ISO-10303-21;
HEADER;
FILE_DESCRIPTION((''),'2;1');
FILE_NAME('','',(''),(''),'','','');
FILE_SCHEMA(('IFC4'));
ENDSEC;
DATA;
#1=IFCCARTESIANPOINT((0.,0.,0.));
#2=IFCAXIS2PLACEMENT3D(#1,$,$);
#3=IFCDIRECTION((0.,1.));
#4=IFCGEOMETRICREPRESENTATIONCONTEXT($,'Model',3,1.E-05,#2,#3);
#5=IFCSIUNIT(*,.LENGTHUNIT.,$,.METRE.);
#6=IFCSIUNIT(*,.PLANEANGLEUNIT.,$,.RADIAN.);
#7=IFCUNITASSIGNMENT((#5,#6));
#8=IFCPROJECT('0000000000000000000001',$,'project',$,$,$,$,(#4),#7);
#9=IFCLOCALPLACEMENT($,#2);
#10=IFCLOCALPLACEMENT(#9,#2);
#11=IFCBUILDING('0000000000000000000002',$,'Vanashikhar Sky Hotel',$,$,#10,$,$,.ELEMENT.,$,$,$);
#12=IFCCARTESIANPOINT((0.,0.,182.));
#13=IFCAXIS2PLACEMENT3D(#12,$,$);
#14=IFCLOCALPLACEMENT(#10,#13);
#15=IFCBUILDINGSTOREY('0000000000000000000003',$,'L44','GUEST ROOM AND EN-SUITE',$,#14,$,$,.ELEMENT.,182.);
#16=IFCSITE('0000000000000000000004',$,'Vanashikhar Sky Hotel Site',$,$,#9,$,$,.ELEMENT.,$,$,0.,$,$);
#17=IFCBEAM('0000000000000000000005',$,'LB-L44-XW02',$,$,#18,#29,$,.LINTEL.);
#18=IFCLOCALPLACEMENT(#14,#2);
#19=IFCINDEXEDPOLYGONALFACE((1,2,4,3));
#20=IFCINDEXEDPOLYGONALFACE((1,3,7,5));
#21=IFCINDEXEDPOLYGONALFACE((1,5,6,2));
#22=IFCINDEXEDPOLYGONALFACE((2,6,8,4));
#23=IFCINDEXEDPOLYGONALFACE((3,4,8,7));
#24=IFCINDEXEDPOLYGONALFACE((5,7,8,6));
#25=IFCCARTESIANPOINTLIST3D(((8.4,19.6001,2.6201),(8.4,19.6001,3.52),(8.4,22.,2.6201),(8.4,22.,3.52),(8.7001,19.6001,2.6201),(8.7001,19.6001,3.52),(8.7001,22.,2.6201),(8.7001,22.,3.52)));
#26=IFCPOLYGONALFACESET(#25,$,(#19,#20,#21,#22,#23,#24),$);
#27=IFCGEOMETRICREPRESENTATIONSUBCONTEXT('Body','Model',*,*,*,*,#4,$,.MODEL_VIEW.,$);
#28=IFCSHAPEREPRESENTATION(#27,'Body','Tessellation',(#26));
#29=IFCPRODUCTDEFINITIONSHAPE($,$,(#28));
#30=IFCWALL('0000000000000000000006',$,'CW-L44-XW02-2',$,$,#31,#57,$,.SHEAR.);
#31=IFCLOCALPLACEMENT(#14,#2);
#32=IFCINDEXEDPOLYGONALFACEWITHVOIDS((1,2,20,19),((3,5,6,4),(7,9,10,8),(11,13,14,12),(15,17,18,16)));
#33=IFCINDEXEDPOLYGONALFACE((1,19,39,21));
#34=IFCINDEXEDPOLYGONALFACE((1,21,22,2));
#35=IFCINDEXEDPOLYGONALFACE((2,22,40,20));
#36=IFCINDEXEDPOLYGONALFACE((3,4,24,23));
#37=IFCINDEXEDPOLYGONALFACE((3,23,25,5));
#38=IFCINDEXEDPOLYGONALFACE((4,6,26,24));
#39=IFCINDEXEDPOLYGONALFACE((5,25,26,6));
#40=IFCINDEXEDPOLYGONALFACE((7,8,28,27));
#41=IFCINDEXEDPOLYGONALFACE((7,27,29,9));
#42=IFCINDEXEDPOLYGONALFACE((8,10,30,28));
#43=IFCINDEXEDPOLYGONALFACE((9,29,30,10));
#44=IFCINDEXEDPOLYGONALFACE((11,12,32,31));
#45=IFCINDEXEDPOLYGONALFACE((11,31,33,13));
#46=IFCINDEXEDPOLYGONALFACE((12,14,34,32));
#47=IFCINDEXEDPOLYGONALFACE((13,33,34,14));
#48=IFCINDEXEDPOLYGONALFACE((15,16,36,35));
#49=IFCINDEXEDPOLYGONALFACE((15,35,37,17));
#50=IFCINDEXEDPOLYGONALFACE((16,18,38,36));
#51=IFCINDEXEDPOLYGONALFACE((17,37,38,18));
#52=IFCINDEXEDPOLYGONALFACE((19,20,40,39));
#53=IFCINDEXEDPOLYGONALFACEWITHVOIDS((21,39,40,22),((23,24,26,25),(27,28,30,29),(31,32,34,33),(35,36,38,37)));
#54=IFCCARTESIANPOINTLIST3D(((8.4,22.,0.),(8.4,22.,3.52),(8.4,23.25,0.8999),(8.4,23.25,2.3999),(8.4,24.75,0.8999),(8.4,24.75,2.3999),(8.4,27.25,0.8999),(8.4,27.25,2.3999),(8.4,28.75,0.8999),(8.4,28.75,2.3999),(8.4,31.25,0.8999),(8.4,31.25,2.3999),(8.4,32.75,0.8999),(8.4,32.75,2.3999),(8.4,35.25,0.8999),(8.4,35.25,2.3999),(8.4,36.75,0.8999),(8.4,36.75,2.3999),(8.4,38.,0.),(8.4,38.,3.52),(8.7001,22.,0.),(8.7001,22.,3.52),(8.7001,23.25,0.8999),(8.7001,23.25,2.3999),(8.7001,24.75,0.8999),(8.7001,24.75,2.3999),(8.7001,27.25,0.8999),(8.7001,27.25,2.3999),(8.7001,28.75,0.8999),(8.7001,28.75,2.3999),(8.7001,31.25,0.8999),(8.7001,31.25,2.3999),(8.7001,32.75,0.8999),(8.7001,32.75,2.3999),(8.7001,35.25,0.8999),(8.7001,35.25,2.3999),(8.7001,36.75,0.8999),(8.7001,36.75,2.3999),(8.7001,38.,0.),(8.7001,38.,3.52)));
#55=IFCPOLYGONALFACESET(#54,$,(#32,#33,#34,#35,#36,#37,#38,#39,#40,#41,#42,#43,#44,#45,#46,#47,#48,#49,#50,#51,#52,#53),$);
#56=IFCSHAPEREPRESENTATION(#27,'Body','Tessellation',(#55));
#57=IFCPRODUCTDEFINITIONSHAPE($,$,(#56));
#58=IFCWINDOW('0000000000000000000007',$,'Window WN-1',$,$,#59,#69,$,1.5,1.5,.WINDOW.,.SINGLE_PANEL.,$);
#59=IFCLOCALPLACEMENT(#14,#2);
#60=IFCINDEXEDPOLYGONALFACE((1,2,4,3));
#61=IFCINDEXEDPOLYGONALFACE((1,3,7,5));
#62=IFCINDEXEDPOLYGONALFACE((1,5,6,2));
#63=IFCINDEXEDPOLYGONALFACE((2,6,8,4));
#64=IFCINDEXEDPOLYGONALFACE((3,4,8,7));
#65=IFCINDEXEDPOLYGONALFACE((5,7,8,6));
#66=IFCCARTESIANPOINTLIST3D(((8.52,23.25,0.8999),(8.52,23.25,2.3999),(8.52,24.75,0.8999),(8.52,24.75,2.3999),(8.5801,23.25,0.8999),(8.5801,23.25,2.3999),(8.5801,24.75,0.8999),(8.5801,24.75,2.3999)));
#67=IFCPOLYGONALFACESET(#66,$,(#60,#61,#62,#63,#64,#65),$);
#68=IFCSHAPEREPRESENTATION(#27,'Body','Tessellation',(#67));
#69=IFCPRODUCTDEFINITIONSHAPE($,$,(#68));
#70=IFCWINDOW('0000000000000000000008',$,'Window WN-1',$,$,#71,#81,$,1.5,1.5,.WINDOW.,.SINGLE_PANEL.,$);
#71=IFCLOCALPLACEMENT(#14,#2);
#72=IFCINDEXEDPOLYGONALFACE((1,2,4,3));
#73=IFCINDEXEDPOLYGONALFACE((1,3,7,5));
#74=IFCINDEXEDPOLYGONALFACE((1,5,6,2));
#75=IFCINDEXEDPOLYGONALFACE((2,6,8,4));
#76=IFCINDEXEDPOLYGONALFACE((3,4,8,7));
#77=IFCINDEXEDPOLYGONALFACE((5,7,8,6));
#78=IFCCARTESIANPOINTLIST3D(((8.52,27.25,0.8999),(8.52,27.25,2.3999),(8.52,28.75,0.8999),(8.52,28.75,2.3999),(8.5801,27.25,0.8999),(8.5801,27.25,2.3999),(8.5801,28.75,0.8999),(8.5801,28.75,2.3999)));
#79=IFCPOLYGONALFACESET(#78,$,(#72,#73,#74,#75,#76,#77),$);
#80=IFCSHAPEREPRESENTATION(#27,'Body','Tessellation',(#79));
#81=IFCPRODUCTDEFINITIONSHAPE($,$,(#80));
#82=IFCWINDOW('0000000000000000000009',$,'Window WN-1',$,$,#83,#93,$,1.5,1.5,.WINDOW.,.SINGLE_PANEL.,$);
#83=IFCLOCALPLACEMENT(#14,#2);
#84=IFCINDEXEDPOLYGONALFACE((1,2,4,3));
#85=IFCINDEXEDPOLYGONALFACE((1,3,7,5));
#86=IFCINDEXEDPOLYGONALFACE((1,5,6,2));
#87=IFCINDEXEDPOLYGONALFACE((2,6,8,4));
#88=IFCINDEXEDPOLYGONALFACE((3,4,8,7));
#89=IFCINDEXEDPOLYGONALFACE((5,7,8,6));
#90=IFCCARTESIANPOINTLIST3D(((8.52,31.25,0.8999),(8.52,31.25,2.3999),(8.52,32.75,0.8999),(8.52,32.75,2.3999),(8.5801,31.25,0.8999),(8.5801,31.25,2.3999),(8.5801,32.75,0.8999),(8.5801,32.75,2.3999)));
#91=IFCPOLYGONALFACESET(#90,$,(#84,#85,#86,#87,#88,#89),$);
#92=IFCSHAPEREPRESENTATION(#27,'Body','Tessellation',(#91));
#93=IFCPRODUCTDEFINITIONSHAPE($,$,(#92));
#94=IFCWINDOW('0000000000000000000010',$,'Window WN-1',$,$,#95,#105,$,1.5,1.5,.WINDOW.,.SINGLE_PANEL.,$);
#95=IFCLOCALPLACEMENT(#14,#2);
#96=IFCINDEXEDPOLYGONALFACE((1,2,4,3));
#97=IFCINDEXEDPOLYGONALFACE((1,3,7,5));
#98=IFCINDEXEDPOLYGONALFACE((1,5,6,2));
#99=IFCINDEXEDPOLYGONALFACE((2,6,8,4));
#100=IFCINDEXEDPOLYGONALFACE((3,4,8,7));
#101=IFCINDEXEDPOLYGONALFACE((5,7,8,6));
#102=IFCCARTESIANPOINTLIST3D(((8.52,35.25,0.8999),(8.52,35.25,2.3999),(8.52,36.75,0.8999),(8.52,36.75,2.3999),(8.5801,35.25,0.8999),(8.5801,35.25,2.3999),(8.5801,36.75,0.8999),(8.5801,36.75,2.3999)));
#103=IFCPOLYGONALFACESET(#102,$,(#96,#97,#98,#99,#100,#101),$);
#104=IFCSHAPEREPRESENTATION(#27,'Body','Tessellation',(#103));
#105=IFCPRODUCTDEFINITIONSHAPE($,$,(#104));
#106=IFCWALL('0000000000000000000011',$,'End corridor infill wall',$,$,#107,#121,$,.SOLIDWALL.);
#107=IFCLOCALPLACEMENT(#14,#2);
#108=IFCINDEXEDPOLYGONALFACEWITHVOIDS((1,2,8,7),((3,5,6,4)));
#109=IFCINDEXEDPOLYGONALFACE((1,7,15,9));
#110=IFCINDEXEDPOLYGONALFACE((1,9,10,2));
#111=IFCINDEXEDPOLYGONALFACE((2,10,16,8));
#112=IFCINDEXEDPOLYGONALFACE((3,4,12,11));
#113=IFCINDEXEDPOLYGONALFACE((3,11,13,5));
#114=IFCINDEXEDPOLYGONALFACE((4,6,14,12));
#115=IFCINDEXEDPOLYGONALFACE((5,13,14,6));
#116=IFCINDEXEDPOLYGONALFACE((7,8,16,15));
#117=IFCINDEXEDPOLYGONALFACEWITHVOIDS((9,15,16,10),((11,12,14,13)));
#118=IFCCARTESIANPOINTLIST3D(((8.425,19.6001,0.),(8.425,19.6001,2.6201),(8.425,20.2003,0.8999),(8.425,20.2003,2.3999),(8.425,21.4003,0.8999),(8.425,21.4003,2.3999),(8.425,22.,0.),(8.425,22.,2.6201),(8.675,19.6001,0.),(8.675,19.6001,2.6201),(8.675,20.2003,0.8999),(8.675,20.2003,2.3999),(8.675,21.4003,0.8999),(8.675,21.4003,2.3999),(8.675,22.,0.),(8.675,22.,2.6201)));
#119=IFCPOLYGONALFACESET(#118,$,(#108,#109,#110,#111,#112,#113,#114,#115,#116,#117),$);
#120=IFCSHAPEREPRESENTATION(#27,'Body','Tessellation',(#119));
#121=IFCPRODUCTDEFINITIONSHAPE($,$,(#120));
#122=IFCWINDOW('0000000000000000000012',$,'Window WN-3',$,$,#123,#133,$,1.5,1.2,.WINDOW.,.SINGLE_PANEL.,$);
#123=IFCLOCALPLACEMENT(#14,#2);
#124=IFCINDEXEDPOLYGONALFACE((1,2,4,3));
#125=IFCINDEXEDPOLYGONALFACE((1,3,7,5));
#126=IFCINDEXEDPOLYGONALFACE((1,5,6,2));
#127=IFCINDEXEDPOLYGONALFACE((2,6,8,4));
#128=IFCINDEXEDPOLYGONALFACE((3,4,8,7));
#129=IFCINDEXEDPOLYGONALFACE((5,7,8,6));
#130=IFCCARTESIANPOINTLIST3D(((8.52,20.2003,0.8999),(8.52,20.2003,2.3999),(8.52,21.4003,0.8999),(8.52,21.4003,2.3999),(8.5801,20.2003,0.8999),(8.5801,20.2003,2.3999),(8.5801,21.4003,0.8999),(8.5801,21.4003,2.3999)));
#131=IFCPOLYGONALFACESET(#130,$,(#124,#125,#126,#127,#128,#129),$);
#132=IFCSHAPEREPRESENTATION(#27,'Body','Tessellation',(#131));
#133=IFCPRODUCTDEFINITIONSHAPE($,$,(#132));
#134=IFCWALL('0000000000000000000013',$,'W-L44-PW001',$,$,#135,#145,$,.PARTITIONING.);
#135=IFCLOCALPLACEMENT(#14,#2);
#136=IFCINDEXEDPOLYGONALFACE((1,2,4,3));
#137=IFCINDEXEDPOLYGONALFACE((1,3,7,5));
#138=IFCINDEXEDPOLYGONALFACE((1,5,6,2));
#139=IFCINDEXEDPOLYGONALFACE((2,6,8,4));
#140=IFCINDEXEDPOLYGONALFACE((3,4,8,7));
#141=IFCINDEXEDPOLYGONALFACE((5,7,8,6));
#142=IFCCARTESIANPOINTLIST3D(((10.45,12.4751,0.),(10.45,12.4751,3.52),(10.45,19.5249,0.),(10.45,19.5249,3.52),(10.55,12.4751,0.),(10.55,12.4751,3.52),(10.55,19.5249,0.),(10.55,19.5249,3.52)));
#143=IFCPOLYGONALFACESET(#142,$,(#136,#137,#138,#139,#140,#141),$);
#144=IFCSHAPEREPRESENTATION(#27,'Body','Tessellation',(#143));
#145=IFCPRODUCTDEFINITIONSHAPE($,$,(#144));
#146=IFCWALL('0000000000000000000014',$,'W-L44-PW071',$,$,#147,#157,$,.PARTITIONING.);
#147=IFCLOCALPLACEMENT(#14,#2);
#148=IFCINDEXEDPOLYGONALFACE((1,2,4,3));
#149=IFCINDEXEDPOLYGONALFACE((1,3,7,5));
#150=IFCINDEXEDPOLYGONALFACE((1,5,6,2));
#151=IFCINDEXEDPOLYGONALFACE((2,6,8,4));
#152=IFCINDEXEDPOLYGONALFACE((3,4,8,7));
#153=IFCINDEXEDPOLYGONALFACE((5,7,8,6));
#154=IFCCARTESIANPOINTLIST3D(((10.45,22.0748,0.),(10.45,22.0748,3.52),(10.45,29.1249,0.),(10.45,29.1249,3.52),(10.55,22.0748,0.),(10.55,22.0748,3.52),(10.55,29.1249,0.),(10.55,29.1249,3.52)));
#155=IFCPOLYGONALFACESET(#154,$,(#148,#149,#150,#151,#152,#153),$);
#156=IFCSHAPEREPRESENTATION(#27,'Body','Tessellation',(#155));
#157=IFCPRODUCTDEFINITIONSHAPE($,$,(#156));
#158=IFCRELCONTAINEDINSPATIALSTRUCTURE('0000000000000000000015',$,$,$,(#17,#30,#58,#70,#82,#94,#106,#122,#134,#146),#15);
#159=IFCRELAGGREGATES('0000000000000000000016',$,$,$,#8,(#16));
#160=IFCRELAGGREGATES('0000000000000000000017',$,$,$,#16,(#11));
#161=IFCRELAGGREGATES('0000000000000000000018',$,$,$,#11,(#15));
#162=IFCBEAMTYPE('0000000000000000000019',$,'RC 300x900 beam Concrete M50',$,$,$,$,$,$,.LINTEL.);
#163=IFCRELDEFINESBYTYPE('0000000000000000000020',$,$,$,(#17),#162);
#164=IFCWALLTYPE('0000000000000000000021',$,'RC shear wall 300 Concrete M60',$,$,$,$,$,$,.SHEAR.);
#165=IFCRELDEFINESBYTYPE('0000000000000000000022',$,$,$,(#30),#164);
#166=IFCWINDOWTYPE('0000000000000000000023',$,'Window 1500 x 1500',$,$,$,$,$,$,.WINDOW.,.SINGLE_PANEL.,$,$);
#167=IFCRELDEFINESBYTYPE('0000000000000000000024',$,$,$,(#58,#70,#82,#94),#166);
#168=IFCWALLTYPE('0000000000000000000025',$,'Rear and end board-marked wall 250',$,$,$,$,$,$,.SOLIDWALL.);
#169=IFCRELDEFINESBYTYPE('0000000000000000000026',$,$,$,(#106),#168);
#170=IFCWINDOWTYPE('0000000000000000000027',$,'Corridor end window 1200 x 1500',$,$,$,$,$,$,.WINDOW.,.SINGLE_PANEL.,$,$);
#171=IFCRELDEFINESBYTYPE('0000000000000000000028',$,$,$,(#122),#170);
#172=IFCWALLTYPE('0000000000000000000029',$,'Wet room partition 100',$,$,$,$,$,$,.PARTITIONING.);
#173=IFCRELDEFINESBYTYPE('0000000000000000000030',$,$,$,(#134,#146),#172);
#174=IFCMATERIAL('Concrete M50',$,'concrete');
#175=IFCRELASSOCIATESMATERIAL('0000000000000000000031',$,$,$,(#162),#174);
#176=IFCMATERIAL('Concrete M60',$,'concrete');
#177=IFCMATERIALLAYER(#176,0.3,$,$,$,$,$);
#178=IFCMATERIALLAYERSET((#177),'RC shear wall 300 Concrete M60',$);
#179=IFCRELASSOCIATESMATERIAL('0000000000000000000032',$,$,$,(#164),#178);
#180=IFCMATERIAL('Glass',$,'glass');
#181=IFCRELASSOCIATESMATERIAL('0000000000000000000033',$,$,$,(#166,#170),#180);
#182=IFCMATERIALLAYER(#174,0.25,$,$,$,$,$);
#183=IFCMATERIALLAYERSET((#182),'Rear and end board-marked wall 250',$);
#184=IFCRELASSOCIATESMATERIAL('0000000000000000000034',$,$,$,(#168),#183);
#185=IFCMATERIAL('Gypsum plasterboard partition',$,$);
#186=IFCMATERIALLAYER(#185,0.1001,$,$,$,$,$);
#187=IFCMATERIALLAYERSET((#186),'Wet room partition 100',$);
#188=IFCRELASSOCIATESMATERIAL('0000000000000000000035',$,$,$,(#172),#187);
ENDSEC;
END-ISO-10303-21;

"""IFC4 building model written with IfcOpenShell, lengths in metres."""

from ifc_helpers import new_model, si_unit, direction, frame, frame_2d, origin, origin_2d, place, context, subcontext, project, spatial, rectangle, extrude, source, transform, mapped, material, layer, layer_set, material_profile, profile_set, type_object, element, fill, save


model = new_model("IFC4")

# Units and contexts
model_context = context("Model", 3, precision=1e-05, world=origin(), true_north=direction((0.0, 1.0)))
body_context = subcontext(model_context, "Body", "Model", "MODEL_VIEW")
ifc_project = project(units=[si_unit("LENGTHUNIT", "METRE"), si_unit("PLANEANGLEUNIT", "RADIAN")], contexts=[model_context])

# Site, building, storey
site_placement = place(None, origin())
site = spatial("IfcSite", under=ifc_project, at=site_placement, Name="Vanashikhar Sky Hotel Site", CompositionType="ELEMENT", RefElevation=0.0)
building_placement = place(site_placement, origin())
building = spatial("IfcBuilding", under=site, at=building_placement, Name="Vanashikhar Sky Hotel", CompositionType="ELEMENT")
storey_placement = place(building_placement, frame((0.0, 0.0, 182.0)))
storey = spatial("IfcBuildingStorey", under=building, at=storey_placement, Name="L44", Description="GUEST ROOM AND EN-SUITE", CompositionType="ELEMENT", Elevation=182.0)

# Beam
ifc_material_1 = material(Name="Concrete M50", Category="concrete")
ifc_material_profile = material_profile(ifc_material_1, rectangle(XDim=0.3, YDim=0.8999, at=origin_2d()))
ifc_profile_set = profile_set([ifc_material_profile], Name="RC 300x900 beam Concrete M50")
beam_type = type_object("IfcBeamType", Name="RC 300x900 beam Concrete M50", PredefinedType="LINTEL", material=ifc_profile_set)
shared_shape_1 = source(origin(), body_context, "Body", "SweptSolid", [
    extrude(rectangle(XDim=0.3, YDim=0.8999, at=origin_2d()), origin(), (0.0, 0.0, 1.0), 2.3999),
])
beam_placement = place(storey_placement, frame((8.55, 19.6001, 3.0701), z_axis=(0.0, 1.0, 0.0), x_axis=(-1.0, 0.0, 0.0)))
element("IfcBeam", 1, at=beam_placement, inside=storey, type_object=beam_type, Name="LB-L44-XW02", PredefinedType="LINTEL", context=body_context, shape_type="MappedRepresentation", body=[
    mapped(shared_shape_1, transform((0.0, 0.0, 0.0), scale=1.0)),
])

# Wall, openings, windows
ifc_material_2 = material(Name="Concrete M60", Category="concrete")
ifc_layer_1 = layer(ifc_material_2, 0.3)
ifc_layer_set_1 = layer_set([ifc_layer_1], Name="RC shear wall 300 Concrete M60")
wall_type_1 = type_object("IfcWallType", Name="RC shear wall 300 Concrete M60", PredefinedType="SHEAR", material=ifc_layer_set_1)
shared_shape_2 = source(origin(), body_context, "Body", "SweptSolid", [
    extrude(rectangle(XDim=16.0, YDim=0.3, at=frame_2d((8.0, 0.0))), origin(), (0.0, 0.0, 1.0), 3.52),
])
wall_1_placement = place(storey_placement, frame((8.55, 22.0, 0.0), z_axis=(0.0, 0.0, 1.0), x_axis=(0.0, 1.0, 0.0)))
wall_1 = element("IfcWall", 2, at=wall_1_placement, inside=storey, type_object=wall_type_1, Name="CW-L44-XW02-2", PredefinedType="SHEAR", context=body_context, shape_type="MappedRepresentation", body=[
    mapped(shared_shape_2, transform((0.0, 0.0, 0.0), scale=1.0)),
])
shared_shape_3 = source(origin(), body_context, "Body", "SweptSolid", [
    extrude(rectangle(XDim=1.5, YDim=1.5, at=frame_2d((0.75, 0.75))), frame((0.0, 0.1602, 0.0), z_axis=(0.0, -1.0, 0.0), x_axis=(1.0, 0.0, 0.0)), (0.0, 0.0, 1.0), 0.3201),
])
opening_1_placement = place(wall_1_placement, frame((1.25, 0.0, 0.8999)))
opening_1 = element("IfcOpeningElement", 3, at=opening_1_placement, cuts=wall_1, PredefinedType="OPENING", context=body_context, shape_type="MappedRepresentation", body=[
    mapped(shared_shape_3, transform((0.0, 0.0, 0.0), scale=1.0)),
])
opening_2_placement = place(wall_1_placement, frame((5.25, 0.0, 0.8999)))
opening_2 = element("IfcOpeningElement", 4, at=opening_2_placement, cuts=wall_1, PredefinedType="OPENING", context=body_context, shape_type="MappedRepresentation", body=[
    mapped(shared_shape_3, transform((0.0, 0.0, 0.0), scale=1.0)),
])
opening_3_placement = place(wall_1_placement, frame((9.25, 0.0, 0.8999)))
opening_3 = element("IfcOpeningElement", 5, at=opening_3_placement, cuts=wall_1, PredefinedType="OPENING", context=body_context, shape_type="MappedRepresentation", body=[
    mapped(shared_shape_3, transform((0.0, 0.0, 0.0), scale=1.0)),
])
opening_4_placement = place(wall_1_placement, frame((13.25, 0.0, 0.8999)))
opening_4 = element("IfcOpeningElement", 6, at=opening_4_placement, cuts=wall_1, PredefinedType="OPENING", context=body_context, shape_type="MappedRepresentation", body=[
    mapped(shared_shape_3, transform((0.0, 0.0, 0.0), scale=1.0)),
])
ifc_material_3 = material(Name="Glass", Category="glass")
window_type_1 = type_object("IfcWindowType", Name="Window 1500 x 1500", PartitioningType="SINGLE_PANEL", PredefinedType="WINDOW", material=ifc_material_3)
shared_shape_4 = source(origin(), body_context, "Body", "SweptSolid", [
    extrude(rectangle(XDim=1.5, YDim=1.5, at=frame_2d((0.75, 0.75))), frame((0.0, 0.03, 0.0), z_axis=(0.0, -1.0, 0.0), x_axis=(1.0, 0.0, 0.0)), (0.0, 0.0, 1.0), 0.0601),
])
window_1_placement = place(opening_1_placement, origin())
window_1 = element("IfcWindow", 7, at=window_1_placement, inside=storey, type_object=window_type_1, Name="Window WN-1", OverallHeight=1.5, OverallWidth=1.5, PartitioningType="SINGLE_PANEL", PredefinedType="WINDOW", context=body_context, shape_type="MappedRepresentation", body=[
    mapped(shared_shape_4, transform((0.0, 0.0, 0.0), scale=1.0)),
])
fill(opening_1, window_1)
window_2_placement = place(opening_2_placement, origin())
window_2 = element("IfcWindow", 8, at=window_2_placement, inside=storey, type_object=window_type_1, Name="Window WN-1", OverallHeight=1.5, OverallWidth=1.5, PartitioningType="SINGLE_PANEL", PredefinedType="WINDOW", context=body_context, shape_type="MappedRepresentation", body=[
    mapped(shared_shape_4, transform((0.0, 0.0, 0.0), scale=1.0)),
])
fill(opening_2, window_2)
window_3_placement = place(opening_3_placement, origin())
window_3 = element("IfcWindow", 9, at=window_3_placement, inside=storey, type_object=window_type_1, Name="Window WN-1", OverallHeight=1.5, OverallWidth=1.5, PartitioningType="SINGLE_PANEL", PredefinedType="WINDOW", context=body_context, shape_type="MappedRepresentation", body=[
    mapped(shared_shape_4, transform((0.0, 0.0, 0.0), scale=1.0)),
])
fill(opening_3, window_3)
window_4_placement = place(opening_4_placement, origin())
window_4 = element("IfcWindow", 10, at=window_4_placement, inside=storey, type_object=window_type_1, Name="Window WN-1", OverallHeight=1.5, OverallWidth=1.5, PartitioningType="SINGLE_PANEL", PredefinedType="WINDOW", context=body_context, shape_type="MappedRepresentation", body=[
    mapped(shared_shape_4, transform((0.0, 0.0, 0.0), scale=1.0)),
])
fill(opening_4, window_4)

# Wall, opening, window
ifc_layer_2 = layer(ifc_material_1, 0.25)
ifc_layer_set_2 = layer_set([ifc_layer_2], Name="Rear and end board-marked wall 250")
wall_type_2 = type_object("IfcWallType", Name="Rear and end board-marked wall 250", PredefinedType="SOLIDWALL", material=ifc_layer_set_2)
shared_shape_5 = source(origin(), body_context, "Body", "SweptSolid", [
    extrude(rectangle(XDim=2.3999, YDim=0.25, at=frame_2d((1.2, 0.0))), origin(), (0.0, 0.0, 1.0), 2.6201),
])
wall_2_placement = place(storey_placement, frame((8.55, 19.6001, 0.0), z_axis=(0.0, 0.0, 1.0), x_axis=(0.0, 1.0, 0.0)))
wall_2 = element("IfcWall", 11, at=wall_2_placement, inside=storey, type_object=wall_type_2, Name="End corridor infill wall", PredefinedType="SOLIDWALL", context=body_context, shape_type="MappedRepresentation", body=[
    mapped(shared_shape_5, transform((0.0, 0.0, 0.0), scale=1.0)),
])
shared_shape_6 = source(origin(), body_context, "Body", "SweptSolid", [
    extrude(rectangle(XDim=1.2, YDim=1.5, at=frame_2d((0.6001, 0.75))), frame((0.0, 0.135, 0.0), z_axis=(0.0, -1.0, 0.0), x_axis=(1.0, 0.0, 0.0)), (0.0, 0.0, 1.0), 0.27),
])
opening_5_placement = place(wall_2_placement, frame((0.6001, 0.0, 0.8999)))
opening_5 = element("IfcOpeningElement", 12, at=opening_5_placement, cuts=wall_2, PredefinedType="OPENING", context=body_context, shape_type="MappedRepresentation", body=[
    mapped(shared_shape_6, transform((0.0, 0.0, 0.0), scale=1.0)),
])
window_type_2 = type_object("IfcWindowType", Name="Corridor end window 1200 x 1500", PartitioningType="SINGLE_PANEL", PredefinedType="WINDOW", material=ifc_material_3)
shared_shape_7 = source(origin(), body_context, "Body", "SweptSolid", [
    extrude(rectangle(XDim=1.2, YDim=1.5, at=frame_2d((0.6001, 0.75))), frame((0.0, 0.03, 0.0), z_axis=(0.0, -1.0, 0.0), x_axis=(1.0, 0.0, 0.0)), (0.0, 0.0, 1.0), 0.0601),
])
window_5_placement = place(opening_5_placement, origin())
window_5 = element("IfcWindow", 13, at=window_5_placement, inside=storey, type_object=window_type_2, Name="Window WN-3", OverallHeight=1.5, OverallWidth=1.2, PartitioningType="SINGLE_PANEL", PredefinedType="WINDOW", context=body_context, shape_type="MappedRepresentation", body=[
    mapped(shared_shape_7, transform((0.0, 0.0, 0.0), scale=1.0)),
])
fill(opening_5, window_5)

# Walls
ifc_material_4 = material(Name="Gypsum plasterboard partition")
ifc_layer_3 = layer(ifc_material_4, 0.1001)
ifc_layer_set_3 = layer_set([ifc_layer_3], Name="Wet room partition 100")
wall_type_3 = type_object("IfcWallType", Name="Wet room partition 100", PredefinedType="PARTITIONING", material=ifc_layer_set_3)
shared_shape_8 = source(origin(), body_context, "Body", "SweptSolid", [
    extrude(rectangle(XDim=7.0498, YDim=0.1001, at=frame_2d((3.5249, 0.0))), origin(), (0.0, 0.0, 1.0), 3.52),
])
wall_3_placement = place(storey_placement, frame((10.5, 12.4751, 0.0), z_axis=(0.0, 0.0, 1.0), x_axis=(0.0, 1.0, 0.0)))
element("IfcWall", 14, at=wall_3_placement, inside=storey, type_object=wall_type_3, Name="W-L44-PW001", PredefinedType="PARTITIONING", context=body_context, shape_type="MappedRepresentation", body=[
    mapped(shared_shape_8, transform((0.0, 0.0, 0.0), scale=1.0)),
])
shared_shape_9 = source(origin(), body_context, "Body", "SweptSolid", [
    extrude(rectangle(XDim=7.05, YDim=0.1001, at=frame_2d((3.5249, 0.0))), origin(), (0.0, 0.0, 1.0), 3.52),
])
wall_4_placement = place(storey_placement, frame((10.5, 22.075, 0.0), z_axis=(0.0, 0.0, 1.0), x_axis=(0.0, 1.0, 0.0)))
element("IfcWall", 15, at=wall_4_placement, inside=storey, type_object=wall_type_3, Name="W-L44-PW071", PredefinedType="PARTITIONING", context=body_context, shape_type="MappedRepresentation", body=[
    mapped(shared_shape_9, transform((0.0, 0.0, 0.0), scale=1.0)),
])

save(model, "model.ifc")
